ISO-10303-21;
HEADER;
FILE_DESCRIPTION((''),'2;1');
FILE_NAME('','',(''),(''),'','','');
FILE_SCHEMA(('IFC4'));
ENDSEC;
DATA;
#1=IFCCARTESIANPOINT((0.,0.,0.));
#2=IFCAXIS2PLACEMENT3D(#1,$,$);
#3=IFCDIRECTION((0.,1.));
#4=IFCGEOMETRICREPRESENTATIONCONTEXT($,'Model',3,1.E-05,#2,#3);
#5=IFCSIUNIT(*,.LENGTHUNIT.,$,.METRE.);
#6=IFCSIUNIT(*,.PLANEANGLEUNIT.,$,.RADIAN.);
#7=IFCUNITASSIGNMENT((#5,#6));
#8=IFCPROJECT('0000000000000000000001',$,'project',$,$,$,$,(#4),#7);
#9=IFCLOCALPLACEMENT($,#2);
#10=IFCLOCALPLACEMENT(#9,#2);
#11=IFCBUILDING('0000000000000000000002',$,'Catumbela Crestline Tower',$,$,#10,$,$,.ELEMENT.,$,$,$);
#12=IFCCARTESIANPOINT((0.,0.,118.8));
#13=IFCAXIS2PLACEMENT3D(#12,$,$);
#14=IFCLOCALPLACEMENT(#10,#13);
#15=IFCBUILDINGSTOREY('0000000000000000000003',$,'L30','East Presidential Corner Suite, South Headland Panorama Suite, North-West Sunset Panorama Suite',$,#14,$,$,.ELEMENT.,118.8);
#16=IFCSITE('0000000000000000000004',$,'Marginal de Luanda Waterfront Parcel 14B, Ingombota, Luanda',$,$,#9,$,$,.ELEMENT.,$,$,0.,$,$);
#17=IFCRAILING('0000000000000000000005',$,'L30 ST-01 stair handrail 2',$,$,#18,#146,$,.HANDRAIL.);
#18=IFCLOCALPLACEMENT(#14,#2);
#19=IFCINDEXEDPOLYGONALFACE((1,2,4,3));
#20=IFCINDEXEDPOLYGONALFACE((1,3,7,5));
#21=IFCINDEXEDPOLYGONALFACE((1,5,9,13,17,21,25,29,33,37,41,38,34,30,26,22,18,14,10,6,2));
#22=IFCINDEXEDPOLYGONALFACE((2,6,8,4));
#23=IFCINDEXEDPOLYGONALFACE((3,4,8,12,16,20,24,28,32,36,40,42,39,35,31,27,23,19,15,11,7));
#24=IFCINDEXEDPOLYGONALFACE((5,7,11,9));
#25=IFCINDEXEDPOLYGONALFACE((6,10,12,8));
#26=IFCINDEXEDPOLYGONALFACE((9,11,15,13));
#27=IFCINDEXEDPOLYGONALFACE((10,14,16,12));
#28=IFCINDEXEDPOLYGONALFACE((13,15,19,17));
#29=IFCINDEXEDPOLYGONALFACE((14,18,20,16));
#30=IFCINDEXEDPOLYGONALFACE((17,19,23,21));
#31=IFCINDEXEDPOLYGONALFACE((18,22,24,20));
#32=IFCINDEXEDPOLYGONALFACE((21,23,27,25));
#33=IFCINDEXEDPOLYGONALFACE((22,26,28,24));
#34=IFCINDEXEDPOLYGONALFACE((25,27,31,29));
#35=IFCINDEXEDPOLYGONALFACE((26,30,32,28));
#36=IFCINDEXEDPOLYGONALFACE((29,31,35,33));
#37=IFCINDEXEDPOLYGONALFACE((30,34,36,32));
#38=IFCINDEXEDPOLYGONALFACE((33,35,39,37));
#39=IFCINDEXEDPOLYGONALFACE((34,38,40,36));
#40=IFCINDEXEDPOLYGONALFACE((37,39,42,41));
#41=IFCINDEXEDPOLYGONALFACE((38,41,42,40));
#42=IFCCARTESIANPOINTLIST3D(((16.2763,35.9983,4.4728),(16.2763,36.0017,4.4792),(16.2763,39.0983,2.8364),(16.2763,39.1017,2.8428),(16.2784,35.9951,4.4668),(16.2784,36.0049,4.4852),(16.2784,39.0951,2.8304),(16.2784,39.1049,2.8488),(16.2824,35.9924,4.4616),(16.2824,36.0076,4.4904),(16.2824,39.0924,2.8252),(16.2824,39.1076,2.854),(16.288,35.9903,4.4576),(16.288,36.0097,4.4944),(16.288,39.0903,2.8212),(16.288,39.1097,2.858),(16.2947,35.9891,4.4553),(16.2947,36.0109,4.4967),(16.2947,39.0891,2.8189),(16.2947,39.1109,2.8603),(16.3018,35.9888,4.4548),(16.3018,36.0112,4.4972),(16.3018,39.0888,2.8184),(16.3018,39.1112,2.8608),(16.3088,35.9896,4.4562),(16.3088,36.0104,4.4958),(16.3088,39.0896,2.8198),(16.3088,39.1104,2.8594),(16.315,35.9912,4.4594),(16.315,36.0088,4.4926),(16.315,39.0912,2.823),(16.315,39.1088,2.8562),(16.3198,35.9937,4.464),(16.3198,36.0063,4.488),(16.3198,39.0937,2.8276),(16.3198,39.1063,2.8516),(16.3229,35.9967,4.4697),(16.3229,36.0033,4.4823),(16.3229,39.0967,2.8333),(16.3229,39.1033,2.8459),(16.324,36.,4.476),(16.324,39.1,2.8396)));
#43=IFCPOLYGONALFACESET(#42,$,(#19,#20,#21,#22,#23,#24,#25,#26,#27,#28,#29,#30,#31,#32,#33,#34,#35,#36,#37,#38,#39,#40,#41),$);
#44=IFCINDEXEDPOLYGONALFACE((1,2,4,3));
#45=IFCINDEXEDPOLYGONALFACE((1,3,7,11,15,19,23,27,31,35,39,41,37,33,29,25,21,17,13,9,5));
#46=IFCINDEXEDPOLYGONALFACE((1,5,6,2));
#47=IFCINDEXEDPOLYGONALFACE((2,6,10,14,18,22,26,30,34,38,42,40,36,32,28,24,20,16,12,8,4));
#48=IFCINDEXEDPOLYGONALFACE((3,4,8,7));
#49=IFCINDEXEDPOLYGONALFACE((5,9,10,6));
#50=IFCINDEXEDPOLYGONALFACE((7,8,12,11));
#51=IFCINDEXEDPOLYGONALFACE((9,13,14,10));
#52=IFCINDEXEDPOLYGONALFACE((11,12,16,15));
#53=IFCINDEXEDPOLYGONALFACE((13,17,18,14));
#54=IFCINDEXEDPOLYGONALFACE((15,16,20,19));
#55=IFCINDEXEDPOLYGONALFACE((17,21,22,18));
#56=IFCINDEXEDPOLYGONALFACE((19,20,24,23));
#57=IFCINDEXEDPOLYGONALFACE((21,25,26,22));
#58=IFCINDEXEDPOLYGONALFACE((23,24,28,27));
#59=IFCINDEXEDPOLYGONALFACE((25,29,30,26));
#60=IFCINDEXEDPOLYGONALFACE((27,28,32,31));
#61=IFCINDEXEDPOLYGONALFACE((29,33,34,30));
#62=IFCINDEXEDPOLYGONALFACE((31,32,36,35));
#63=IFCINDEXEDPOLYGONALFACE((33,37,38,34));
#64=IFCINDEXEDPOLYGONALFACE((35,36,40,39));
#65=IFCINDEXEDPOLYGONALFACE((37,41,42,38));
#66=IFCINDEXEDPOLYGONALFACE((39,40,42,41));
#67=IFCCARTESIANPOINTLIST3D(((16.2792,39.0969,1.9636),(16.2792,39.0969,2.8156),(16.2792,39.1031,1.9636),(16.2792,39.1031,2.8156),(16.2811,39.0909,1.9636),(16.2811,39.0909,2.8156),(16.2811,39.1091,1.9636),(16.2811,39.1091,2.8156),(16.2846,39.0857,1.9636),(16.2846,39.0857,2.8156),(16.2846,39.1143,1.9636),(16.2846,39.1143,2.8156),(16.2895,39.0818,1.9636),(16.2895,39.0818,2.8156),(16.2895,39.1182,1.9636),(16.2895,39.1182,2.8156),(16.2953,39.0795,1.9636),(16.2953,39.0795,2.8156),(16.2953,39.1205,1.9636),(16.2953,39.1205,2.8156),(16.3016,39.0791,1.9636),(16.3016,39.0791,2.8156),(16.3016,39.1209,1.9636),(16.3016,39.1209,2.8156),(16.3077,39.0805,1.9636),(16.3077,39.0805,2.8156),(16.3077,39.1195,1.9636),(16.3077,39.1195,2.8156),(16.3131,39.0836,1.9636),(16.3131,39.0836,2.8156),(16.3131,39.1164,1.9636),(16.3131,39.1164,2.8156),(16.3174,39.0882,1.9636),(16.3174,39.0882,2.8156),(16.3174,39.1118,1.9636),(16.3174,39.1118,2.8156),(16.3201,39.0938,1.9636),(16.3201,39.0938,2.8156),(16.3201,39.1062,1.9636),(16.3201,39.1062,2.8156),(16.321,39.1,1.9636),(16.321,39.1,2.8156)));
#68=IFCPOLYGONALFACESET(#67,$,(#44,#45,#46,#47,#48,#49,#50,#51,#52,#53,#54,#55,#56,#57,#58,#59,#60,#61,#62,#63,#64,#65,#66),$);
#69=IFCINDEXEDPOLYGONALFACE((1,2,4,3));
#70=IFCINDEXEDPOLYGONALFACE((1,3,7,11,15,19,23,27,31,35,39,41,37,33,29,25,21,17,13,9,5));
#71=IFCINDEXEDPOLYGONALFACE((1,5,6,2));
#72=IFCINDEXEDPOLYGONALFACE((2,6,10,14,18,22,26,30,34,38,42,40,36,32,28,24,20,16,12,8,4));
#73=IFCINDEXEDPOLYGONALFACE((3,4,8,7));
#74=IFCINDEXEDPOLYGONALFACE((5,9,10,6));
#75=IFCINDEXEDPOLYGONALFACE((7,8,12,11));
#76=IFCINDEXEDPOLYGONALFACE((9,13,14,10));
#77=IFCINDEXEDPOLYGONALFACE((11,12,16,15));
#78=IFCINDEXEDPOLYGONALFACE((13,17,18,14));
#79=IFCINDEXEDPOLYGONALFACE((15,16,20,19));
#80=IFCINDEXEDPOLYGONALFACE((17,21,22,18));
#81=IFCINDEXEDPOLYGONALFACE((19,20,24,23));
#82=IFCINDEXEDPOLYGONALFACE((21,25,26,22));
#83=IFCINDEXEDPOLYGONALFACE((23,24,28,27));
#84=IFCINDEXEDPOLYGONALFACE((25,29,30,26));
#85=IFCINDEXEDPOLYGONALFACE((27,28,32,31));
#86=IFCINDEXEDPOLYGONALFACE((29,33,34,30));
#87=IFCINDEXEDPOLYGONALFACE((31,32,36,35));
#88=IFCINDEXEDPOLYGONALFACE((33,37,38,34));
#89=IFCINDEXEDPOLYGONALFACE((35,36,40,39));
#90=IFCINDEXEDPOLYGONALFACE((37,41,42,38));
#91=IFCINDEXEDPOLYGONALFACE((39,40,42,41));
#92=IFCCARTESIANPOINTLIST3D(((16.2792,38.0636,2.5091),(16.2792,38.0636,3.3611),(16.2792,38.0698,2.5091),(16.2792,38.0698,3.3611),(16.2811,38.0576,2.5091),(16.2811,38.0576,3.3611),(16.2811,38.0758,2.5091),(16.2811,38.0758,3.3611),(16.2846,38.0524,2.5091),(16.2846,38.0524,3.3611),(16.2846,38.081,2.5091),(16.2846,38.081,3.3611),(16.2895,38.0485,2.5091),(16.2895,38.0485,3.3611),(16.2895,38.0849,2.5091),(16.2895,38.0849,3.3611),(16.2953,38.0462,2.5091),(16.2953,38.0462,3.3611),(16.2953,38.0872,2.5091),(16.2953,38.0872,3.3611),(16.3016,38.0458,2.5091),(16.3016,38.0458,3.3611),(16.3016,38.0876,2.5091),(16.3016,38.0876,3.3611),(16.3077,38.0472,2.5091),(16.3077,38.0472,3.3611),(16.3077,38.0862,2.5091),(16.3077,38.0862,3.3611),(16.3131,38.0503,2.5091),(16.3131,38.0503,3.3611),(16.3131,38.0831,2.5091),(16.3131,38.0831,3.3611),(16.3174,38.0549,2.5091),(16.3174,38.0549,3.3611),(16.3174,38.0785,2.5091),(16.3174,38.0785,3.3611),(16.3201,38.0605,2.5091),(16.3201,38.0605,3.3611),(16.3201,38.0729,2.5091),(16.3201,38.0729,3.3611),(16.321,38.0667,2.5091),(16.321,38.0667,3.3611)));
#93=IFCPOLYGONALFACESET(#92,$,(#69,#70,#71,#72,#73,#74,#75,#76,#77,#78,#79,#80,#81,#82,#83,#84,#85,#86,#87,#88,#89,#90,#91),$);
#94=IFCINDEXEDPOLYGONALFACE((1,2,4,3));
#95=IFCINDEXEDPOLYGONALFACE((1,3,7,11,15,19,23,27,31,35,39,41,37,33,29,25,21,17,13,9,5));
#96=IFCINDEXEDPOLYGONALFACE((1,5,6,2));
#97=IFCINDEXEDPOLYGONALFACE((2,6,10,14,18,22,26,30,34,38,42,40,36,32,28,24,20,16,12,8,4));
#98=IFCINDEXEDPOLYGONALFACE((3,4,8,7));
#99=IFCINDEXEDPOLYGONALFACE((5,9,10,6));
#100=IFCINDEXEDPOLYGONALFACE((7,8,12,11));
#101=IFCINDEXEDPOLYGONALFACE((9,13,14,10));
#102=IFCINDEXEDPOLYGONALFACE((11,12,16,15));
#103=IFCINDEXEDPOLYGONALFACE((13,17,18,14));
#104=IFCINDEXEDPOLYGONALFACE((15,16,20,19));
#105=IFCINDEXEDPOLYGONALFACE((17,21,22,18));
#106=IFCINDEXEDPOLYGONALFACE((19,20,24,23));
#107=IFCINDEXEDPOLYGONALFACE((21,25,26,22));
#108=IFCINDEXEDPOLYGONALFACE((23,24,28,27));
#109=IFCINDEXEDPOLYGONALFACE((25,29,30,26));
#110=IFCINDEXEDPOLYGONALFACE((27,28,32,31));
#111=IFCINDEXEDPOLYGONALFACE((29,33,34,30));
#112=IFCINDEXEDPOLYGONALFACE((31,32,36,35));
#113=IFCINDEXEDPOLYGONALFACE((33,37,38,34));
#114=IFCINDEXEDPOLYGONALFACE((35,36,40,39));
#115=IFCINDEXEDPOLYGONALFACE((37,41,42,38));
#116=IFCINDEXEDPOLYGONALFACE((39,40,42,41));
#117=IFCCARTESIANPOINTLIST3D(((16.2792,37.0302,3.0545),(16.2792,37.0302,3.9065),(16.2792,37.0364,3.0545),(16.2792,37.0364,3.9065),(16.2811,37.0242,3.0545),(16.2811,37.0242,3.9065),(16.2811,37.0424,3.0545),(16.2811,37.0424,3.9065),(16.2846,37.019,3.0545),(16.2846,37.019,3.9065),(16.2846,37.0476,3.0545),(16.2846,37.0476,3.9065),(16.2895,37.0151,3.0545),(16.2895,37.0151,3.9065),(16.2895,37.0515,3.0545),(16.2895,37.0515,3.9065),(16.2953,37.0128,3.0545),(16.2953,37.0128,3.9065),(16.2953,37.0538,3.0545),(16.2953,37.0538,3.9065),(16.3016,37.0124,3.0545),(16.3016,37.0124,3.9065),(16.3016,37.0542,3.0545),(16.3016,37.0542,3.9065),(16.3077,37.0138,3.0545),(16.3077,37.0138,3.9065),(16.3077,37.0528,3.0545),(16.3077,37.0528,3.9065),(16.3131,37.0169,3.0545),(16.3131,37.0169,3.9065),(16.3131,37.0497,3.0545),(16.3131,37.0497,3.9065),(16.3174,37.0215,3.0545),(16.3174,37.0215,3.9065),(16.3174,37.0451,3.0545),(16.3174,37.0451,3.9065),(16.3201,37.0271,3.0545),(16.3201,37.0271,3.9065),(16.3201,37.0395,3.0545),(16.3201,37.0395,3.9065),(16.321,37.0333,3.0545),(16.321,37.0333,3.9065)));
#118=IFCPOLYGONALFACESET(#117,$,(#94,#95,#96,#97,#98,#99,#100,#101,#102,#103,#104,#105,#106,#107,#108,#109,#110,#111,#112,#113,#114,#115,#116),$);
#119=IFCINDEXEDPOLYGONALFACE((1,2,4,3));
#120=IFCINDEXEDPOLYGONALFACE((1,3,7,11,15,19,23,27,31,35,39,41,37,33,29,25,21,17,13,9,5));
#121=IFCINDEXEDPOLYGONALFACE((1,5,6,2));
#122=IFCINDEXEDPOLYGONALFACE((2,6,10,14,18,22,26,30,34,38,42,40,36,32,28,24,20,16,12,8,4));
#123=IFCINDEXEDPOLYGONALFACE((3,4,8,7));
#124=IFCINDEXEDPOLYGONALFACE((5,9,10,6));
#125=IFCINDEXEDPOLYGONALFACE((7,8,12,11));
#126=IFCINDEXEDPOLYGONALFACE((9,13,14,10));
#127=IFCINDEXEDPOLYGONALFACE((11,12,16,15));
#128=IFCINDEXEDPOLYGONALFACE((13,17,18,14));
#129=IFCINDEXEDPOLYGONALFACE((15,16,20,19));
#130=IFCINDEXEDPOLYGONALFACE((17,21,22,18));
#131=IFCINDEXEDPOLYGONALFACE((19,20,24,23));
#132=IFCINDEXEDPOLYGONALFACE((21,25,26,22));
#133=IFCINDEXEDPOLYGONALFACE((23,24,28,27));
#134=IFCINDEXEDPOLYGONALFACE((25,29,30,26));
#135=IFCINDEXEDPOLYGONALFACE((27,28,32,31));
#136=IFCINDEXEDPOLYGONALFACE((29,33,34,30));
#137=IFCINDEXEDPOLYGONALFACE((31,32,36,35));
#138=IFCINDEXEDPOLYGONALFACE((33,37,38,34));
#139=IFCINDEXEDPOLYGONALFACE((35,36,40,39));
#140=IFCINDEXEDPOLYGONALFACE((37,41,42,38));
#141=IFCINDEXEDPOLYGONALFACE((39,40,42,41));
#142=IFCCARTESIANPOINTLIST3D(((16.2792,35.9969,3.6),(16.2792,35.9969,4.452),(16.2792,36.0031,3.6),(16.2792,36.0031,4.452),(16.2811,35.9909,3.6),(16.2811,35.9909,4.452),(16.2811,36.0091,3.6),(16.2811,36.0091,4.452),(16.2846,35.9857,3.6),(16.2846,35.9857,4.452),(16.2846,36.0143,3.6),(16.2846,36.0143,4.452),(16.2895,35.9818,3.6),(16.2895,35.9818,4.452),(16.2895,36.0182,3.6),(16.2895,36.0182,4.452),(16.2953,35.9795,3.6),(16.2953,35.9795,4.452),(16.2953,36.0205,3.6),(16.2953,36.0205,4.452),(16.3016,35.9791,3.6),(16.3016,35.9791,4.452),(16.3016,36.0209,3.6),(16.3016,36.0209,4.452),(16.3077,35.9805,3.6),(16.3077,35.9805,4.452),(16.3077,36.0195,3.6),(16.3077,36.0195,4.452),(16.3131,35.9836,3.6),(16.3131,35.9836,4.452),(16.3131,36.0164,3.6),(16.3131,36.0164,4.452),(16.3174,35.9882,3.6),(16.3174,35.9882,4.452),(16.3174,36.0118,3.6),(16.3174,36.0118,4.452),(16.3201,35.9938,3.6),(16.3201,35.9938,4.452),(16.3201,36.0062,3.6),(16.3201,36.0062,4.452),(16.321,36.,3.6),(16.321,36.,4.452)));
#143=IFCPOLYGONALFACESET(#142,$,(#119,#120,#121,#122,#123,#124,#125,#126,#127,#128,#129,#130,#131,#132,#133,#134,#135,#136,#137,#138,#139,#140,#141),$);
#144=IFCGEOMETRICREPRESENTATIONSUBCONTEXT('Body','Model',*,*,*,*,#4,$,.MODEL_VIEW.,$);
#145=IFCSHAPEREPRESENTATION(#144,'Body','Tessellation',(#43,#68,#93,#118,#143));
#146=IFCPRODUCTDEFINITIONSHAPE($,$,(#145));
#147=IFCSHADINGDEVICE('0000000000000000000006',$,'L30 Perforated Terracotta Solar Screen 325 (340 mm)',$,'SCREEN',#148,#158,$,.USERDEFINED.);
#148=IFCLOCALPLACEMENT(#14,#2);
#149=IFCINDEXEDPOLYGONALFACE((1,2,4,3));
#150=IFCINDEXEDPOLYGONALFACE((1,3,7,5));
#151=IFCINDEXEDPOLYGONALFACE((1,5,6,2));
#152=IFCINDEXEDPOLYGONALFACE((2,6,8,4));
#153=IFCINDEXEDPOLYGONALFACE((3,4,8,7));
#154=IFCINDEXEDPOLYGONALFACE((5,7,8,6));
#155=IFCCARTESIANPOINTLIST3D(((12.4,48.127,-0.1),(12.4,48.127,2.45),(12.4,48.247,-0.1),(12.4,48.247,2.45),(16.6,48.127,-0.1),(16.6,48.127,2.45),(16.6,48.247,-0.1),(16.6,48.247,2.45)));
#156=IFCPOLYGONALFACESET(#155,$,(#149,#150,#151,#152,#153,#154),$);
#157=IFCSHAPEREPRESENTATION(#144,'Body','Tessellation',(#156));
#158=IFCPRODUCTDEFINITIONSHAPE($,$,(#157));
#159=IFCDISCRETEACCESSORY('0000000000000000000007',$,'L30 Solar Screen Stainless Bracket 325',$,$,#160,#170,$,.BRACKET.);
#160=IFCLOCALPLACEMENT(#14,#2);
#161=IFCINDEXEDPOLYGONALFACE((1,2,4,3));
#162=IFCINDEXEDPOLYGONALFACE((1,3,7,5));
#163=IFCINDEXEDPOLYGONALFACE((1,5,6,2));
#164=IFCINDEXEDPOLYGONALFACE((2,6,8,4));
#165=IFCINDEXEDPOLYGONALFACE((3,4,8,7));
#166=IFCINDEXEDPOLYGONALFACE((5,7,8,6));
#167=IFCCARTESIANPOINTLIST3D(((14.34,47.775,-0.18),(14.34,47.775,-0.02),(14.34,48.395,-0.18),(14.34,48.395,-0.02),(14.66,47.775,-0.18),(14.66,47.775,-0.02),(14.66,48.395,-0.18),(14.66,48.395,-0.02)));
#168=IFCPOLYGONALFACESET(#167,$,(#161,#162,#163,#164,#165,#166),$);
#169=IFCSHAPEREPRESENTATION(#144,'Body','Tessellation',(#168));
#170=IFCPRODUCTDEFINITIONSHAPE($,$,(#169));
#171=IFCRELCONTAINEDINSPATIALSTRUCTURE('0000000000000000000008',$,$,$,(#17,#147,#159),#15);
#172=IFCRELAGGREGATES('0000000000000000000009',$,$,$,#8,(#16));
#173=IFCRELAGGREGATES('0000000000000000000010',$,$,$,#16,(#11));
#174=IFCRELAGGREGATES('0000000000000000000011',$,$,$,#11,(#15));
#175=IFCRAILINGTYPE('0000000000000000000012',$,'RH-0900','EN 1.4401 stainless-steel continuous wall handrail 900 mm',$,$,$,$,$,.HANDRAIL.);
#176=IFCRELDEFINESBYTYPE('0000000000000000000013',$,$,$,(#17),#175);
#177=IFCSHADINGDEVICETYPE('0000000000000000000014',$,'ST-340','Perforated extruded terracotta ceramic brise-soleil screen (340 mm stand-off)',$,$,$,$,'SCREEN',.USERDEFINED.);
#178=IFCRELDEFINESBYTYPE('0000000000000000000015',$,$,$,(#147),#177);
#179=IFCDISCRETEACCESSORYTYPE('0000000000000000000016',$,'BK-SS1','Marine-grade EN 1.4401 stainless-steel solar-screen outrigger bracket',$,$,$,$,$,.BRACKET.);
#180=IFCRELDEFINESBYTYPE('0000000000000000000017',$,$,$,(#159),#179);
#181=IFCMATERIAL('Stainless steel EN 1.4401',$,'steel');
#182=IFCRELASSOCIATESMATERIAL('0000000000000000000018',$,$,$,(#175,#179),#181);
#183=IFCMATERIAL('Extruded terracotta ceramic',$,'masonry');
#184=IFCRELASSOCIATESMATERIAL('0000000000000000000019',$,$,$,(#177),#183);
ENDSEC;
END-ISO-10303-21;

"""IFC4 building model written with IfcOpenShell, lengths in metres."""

from ifc_helpers import new_model, si_unit, direction, frame, origin, origin_2d, place, context, subcontext, project, spatial, rectangle, circle, extrude, material, type_object, element, save


model = new_model("IFC4")

# Units and contexts
model_context = context("Model", 3, precision=1e-05, world=origin(), true_north=direction((0.0, 1.0)))
body_context = subcontext(model_context, "Body", "Model", "MODEL_VIEW")
ifc_project = project(units=[si_unit("LENGTHUNIT", "METRE"), si_unit("PLANEANGLEUNIT", "RADIAN")], contexts=[model_context])

# Site, building, storey
site_placement = place(None, origin())
site = spatial("IfcSite", under=ifc_project, at=site_placement, Name="Marginal de Luanda Waterfront Parcel 14B, Ingombota, Luanda", CompositionType="ELEMENT", RefElevation=0.0)
building_placement = place(site_placement, origin())
building = spatial("IfcBuilding", under=site, at=building_placement, Name="Catumbela Crestline Tower", CompositionType="ELEMENT")
storey_placement = place(building_placement, frame((0.0, 0.0, 118.8)))
storey = spatial("IfcBuildingStorey", under=building, at=storey_placement, Name="L30", Description="East Presidential Corner Suite, South Headland Panorama Suite, North-West Sunset Panorama Suite", CompositionType="ELEMENT", Elevation=118.8)

# Shared definitions
ifc_material_1 = material(Name="Extruded terracotta ceramic", Category="masonry")

# Railing
ifc_material_2 = material(Name="Stainless steel EN 1.4401", Category="steel")
railing_type_1 = type_object("IfcRailingType", Name="RH-0900", Description="EN 1.4401 stainless-steel continuous wall handrail 900 mm", PredefinedType="HANDRAIL", material=ifc_material_2)
railing_1_placement = place(storey_placement, frame((16.3, 39.1, 1.9636)))
element("IfcRailing", 1, at=railing_1_placement, inside=storey, type_object=railing_type_1, Name="L30 ST-01 stair handrail 2", PredefinedType="HANDRAIL", context=body_context, shape_type="SweptSolid", body=[
    extrude(circle(Radius=0.024, at=origin_2d()), frame((0.0, 0.0, 0.876), z_axis=(0.0, -0.884351, 0.466823), x_axis=(1.0, 0.0, 0.0)), (0.0, 0.0, 1.0), 3.5054),
    extrude(circle(Radius=0.021, at=origin_2d()), origin(), (0.0, 0.0, 1.0), 0.852),
    extrude(circle(Radius=0.021, at=origin_2d()), frame((0.0, -1.0333, 0.5455)), (0.0, 0.0, 1.0), 0.852),
    extrude(circle(Radius=0.021, at=origin_2d()), frame((0.0, -2.0667, 1.0909)), (0.0, 0.0, 1.0), 0.852),
    extrude(circle(Radius=0.021, at=origin_2d()), frame((0.0, -3.1, 1.6364)), (0.0, 0.0, 1.0), 0.852),
])

# Shading device
shading_device_type = type_object("IfcShadingDeviceType", Name="ST-340", Description="Perforated extruded terracotta ceramic brise-soleil screen (340 mm stand-off)", ElementType="SCREEN", PredefinedType="USERDEFINED", material=ifc_material_1)
shading_device_placement = place(storey_placement, frame((14.5, 48.187, -0.1), z_axis=(0.0, 0.0, 1.0), x_axis=(-1.0, 0.0, 0.0)))
element("IfcShadingDevice", 2, at=shading_device_placement, inside=storey, type_object=shading_device_type, Name="L30 Perforated Terracotta Solar Screen 325 (340 mm)", ObjectType="SCREEN", PredefinedType="USERDEFINED", context=body_context, shape_type="SweptSolid", body=[
    extrude(rectangle(XDim=4.2, YDim=0.12, at=origin_2d()), origin(), (0.0, 0.0, 1.0), 2.55),
])

# Discrete accessory
discrete_accessory_type = type_object("IfcDiscreteAccessoryType", Name="BK-SS1", Description="Marine-grade EN 1.4401 stainless-steel solar-screen outrigger bracket", PredefinedType="BRACKET", material=ifc_material_2)
discrete_accessory_placement = place(storey_placement, frame((14.5, 48.085, -0.18), z_axis=(0.0, 0.0, 1.0), x_axis=(-1.0, 0.0, 0.0)))
element("IfcDiscreteAccessory", 3, at=discrete_accessory_placement, inside=storey, type_object=discrete_accessory_type, Name="L30 Solar Screen Stainless Bracket 325", PredefinedType="BRACKET", context=body_context, shape_type="SweptSolid", body=[
    extrude(rectangle(XDim=0.32, YDim=0.62, at=origin_2d()), origin(), (0.0, 0.0, 1.0), 0.16),
])

save(model, "model.ifc")
